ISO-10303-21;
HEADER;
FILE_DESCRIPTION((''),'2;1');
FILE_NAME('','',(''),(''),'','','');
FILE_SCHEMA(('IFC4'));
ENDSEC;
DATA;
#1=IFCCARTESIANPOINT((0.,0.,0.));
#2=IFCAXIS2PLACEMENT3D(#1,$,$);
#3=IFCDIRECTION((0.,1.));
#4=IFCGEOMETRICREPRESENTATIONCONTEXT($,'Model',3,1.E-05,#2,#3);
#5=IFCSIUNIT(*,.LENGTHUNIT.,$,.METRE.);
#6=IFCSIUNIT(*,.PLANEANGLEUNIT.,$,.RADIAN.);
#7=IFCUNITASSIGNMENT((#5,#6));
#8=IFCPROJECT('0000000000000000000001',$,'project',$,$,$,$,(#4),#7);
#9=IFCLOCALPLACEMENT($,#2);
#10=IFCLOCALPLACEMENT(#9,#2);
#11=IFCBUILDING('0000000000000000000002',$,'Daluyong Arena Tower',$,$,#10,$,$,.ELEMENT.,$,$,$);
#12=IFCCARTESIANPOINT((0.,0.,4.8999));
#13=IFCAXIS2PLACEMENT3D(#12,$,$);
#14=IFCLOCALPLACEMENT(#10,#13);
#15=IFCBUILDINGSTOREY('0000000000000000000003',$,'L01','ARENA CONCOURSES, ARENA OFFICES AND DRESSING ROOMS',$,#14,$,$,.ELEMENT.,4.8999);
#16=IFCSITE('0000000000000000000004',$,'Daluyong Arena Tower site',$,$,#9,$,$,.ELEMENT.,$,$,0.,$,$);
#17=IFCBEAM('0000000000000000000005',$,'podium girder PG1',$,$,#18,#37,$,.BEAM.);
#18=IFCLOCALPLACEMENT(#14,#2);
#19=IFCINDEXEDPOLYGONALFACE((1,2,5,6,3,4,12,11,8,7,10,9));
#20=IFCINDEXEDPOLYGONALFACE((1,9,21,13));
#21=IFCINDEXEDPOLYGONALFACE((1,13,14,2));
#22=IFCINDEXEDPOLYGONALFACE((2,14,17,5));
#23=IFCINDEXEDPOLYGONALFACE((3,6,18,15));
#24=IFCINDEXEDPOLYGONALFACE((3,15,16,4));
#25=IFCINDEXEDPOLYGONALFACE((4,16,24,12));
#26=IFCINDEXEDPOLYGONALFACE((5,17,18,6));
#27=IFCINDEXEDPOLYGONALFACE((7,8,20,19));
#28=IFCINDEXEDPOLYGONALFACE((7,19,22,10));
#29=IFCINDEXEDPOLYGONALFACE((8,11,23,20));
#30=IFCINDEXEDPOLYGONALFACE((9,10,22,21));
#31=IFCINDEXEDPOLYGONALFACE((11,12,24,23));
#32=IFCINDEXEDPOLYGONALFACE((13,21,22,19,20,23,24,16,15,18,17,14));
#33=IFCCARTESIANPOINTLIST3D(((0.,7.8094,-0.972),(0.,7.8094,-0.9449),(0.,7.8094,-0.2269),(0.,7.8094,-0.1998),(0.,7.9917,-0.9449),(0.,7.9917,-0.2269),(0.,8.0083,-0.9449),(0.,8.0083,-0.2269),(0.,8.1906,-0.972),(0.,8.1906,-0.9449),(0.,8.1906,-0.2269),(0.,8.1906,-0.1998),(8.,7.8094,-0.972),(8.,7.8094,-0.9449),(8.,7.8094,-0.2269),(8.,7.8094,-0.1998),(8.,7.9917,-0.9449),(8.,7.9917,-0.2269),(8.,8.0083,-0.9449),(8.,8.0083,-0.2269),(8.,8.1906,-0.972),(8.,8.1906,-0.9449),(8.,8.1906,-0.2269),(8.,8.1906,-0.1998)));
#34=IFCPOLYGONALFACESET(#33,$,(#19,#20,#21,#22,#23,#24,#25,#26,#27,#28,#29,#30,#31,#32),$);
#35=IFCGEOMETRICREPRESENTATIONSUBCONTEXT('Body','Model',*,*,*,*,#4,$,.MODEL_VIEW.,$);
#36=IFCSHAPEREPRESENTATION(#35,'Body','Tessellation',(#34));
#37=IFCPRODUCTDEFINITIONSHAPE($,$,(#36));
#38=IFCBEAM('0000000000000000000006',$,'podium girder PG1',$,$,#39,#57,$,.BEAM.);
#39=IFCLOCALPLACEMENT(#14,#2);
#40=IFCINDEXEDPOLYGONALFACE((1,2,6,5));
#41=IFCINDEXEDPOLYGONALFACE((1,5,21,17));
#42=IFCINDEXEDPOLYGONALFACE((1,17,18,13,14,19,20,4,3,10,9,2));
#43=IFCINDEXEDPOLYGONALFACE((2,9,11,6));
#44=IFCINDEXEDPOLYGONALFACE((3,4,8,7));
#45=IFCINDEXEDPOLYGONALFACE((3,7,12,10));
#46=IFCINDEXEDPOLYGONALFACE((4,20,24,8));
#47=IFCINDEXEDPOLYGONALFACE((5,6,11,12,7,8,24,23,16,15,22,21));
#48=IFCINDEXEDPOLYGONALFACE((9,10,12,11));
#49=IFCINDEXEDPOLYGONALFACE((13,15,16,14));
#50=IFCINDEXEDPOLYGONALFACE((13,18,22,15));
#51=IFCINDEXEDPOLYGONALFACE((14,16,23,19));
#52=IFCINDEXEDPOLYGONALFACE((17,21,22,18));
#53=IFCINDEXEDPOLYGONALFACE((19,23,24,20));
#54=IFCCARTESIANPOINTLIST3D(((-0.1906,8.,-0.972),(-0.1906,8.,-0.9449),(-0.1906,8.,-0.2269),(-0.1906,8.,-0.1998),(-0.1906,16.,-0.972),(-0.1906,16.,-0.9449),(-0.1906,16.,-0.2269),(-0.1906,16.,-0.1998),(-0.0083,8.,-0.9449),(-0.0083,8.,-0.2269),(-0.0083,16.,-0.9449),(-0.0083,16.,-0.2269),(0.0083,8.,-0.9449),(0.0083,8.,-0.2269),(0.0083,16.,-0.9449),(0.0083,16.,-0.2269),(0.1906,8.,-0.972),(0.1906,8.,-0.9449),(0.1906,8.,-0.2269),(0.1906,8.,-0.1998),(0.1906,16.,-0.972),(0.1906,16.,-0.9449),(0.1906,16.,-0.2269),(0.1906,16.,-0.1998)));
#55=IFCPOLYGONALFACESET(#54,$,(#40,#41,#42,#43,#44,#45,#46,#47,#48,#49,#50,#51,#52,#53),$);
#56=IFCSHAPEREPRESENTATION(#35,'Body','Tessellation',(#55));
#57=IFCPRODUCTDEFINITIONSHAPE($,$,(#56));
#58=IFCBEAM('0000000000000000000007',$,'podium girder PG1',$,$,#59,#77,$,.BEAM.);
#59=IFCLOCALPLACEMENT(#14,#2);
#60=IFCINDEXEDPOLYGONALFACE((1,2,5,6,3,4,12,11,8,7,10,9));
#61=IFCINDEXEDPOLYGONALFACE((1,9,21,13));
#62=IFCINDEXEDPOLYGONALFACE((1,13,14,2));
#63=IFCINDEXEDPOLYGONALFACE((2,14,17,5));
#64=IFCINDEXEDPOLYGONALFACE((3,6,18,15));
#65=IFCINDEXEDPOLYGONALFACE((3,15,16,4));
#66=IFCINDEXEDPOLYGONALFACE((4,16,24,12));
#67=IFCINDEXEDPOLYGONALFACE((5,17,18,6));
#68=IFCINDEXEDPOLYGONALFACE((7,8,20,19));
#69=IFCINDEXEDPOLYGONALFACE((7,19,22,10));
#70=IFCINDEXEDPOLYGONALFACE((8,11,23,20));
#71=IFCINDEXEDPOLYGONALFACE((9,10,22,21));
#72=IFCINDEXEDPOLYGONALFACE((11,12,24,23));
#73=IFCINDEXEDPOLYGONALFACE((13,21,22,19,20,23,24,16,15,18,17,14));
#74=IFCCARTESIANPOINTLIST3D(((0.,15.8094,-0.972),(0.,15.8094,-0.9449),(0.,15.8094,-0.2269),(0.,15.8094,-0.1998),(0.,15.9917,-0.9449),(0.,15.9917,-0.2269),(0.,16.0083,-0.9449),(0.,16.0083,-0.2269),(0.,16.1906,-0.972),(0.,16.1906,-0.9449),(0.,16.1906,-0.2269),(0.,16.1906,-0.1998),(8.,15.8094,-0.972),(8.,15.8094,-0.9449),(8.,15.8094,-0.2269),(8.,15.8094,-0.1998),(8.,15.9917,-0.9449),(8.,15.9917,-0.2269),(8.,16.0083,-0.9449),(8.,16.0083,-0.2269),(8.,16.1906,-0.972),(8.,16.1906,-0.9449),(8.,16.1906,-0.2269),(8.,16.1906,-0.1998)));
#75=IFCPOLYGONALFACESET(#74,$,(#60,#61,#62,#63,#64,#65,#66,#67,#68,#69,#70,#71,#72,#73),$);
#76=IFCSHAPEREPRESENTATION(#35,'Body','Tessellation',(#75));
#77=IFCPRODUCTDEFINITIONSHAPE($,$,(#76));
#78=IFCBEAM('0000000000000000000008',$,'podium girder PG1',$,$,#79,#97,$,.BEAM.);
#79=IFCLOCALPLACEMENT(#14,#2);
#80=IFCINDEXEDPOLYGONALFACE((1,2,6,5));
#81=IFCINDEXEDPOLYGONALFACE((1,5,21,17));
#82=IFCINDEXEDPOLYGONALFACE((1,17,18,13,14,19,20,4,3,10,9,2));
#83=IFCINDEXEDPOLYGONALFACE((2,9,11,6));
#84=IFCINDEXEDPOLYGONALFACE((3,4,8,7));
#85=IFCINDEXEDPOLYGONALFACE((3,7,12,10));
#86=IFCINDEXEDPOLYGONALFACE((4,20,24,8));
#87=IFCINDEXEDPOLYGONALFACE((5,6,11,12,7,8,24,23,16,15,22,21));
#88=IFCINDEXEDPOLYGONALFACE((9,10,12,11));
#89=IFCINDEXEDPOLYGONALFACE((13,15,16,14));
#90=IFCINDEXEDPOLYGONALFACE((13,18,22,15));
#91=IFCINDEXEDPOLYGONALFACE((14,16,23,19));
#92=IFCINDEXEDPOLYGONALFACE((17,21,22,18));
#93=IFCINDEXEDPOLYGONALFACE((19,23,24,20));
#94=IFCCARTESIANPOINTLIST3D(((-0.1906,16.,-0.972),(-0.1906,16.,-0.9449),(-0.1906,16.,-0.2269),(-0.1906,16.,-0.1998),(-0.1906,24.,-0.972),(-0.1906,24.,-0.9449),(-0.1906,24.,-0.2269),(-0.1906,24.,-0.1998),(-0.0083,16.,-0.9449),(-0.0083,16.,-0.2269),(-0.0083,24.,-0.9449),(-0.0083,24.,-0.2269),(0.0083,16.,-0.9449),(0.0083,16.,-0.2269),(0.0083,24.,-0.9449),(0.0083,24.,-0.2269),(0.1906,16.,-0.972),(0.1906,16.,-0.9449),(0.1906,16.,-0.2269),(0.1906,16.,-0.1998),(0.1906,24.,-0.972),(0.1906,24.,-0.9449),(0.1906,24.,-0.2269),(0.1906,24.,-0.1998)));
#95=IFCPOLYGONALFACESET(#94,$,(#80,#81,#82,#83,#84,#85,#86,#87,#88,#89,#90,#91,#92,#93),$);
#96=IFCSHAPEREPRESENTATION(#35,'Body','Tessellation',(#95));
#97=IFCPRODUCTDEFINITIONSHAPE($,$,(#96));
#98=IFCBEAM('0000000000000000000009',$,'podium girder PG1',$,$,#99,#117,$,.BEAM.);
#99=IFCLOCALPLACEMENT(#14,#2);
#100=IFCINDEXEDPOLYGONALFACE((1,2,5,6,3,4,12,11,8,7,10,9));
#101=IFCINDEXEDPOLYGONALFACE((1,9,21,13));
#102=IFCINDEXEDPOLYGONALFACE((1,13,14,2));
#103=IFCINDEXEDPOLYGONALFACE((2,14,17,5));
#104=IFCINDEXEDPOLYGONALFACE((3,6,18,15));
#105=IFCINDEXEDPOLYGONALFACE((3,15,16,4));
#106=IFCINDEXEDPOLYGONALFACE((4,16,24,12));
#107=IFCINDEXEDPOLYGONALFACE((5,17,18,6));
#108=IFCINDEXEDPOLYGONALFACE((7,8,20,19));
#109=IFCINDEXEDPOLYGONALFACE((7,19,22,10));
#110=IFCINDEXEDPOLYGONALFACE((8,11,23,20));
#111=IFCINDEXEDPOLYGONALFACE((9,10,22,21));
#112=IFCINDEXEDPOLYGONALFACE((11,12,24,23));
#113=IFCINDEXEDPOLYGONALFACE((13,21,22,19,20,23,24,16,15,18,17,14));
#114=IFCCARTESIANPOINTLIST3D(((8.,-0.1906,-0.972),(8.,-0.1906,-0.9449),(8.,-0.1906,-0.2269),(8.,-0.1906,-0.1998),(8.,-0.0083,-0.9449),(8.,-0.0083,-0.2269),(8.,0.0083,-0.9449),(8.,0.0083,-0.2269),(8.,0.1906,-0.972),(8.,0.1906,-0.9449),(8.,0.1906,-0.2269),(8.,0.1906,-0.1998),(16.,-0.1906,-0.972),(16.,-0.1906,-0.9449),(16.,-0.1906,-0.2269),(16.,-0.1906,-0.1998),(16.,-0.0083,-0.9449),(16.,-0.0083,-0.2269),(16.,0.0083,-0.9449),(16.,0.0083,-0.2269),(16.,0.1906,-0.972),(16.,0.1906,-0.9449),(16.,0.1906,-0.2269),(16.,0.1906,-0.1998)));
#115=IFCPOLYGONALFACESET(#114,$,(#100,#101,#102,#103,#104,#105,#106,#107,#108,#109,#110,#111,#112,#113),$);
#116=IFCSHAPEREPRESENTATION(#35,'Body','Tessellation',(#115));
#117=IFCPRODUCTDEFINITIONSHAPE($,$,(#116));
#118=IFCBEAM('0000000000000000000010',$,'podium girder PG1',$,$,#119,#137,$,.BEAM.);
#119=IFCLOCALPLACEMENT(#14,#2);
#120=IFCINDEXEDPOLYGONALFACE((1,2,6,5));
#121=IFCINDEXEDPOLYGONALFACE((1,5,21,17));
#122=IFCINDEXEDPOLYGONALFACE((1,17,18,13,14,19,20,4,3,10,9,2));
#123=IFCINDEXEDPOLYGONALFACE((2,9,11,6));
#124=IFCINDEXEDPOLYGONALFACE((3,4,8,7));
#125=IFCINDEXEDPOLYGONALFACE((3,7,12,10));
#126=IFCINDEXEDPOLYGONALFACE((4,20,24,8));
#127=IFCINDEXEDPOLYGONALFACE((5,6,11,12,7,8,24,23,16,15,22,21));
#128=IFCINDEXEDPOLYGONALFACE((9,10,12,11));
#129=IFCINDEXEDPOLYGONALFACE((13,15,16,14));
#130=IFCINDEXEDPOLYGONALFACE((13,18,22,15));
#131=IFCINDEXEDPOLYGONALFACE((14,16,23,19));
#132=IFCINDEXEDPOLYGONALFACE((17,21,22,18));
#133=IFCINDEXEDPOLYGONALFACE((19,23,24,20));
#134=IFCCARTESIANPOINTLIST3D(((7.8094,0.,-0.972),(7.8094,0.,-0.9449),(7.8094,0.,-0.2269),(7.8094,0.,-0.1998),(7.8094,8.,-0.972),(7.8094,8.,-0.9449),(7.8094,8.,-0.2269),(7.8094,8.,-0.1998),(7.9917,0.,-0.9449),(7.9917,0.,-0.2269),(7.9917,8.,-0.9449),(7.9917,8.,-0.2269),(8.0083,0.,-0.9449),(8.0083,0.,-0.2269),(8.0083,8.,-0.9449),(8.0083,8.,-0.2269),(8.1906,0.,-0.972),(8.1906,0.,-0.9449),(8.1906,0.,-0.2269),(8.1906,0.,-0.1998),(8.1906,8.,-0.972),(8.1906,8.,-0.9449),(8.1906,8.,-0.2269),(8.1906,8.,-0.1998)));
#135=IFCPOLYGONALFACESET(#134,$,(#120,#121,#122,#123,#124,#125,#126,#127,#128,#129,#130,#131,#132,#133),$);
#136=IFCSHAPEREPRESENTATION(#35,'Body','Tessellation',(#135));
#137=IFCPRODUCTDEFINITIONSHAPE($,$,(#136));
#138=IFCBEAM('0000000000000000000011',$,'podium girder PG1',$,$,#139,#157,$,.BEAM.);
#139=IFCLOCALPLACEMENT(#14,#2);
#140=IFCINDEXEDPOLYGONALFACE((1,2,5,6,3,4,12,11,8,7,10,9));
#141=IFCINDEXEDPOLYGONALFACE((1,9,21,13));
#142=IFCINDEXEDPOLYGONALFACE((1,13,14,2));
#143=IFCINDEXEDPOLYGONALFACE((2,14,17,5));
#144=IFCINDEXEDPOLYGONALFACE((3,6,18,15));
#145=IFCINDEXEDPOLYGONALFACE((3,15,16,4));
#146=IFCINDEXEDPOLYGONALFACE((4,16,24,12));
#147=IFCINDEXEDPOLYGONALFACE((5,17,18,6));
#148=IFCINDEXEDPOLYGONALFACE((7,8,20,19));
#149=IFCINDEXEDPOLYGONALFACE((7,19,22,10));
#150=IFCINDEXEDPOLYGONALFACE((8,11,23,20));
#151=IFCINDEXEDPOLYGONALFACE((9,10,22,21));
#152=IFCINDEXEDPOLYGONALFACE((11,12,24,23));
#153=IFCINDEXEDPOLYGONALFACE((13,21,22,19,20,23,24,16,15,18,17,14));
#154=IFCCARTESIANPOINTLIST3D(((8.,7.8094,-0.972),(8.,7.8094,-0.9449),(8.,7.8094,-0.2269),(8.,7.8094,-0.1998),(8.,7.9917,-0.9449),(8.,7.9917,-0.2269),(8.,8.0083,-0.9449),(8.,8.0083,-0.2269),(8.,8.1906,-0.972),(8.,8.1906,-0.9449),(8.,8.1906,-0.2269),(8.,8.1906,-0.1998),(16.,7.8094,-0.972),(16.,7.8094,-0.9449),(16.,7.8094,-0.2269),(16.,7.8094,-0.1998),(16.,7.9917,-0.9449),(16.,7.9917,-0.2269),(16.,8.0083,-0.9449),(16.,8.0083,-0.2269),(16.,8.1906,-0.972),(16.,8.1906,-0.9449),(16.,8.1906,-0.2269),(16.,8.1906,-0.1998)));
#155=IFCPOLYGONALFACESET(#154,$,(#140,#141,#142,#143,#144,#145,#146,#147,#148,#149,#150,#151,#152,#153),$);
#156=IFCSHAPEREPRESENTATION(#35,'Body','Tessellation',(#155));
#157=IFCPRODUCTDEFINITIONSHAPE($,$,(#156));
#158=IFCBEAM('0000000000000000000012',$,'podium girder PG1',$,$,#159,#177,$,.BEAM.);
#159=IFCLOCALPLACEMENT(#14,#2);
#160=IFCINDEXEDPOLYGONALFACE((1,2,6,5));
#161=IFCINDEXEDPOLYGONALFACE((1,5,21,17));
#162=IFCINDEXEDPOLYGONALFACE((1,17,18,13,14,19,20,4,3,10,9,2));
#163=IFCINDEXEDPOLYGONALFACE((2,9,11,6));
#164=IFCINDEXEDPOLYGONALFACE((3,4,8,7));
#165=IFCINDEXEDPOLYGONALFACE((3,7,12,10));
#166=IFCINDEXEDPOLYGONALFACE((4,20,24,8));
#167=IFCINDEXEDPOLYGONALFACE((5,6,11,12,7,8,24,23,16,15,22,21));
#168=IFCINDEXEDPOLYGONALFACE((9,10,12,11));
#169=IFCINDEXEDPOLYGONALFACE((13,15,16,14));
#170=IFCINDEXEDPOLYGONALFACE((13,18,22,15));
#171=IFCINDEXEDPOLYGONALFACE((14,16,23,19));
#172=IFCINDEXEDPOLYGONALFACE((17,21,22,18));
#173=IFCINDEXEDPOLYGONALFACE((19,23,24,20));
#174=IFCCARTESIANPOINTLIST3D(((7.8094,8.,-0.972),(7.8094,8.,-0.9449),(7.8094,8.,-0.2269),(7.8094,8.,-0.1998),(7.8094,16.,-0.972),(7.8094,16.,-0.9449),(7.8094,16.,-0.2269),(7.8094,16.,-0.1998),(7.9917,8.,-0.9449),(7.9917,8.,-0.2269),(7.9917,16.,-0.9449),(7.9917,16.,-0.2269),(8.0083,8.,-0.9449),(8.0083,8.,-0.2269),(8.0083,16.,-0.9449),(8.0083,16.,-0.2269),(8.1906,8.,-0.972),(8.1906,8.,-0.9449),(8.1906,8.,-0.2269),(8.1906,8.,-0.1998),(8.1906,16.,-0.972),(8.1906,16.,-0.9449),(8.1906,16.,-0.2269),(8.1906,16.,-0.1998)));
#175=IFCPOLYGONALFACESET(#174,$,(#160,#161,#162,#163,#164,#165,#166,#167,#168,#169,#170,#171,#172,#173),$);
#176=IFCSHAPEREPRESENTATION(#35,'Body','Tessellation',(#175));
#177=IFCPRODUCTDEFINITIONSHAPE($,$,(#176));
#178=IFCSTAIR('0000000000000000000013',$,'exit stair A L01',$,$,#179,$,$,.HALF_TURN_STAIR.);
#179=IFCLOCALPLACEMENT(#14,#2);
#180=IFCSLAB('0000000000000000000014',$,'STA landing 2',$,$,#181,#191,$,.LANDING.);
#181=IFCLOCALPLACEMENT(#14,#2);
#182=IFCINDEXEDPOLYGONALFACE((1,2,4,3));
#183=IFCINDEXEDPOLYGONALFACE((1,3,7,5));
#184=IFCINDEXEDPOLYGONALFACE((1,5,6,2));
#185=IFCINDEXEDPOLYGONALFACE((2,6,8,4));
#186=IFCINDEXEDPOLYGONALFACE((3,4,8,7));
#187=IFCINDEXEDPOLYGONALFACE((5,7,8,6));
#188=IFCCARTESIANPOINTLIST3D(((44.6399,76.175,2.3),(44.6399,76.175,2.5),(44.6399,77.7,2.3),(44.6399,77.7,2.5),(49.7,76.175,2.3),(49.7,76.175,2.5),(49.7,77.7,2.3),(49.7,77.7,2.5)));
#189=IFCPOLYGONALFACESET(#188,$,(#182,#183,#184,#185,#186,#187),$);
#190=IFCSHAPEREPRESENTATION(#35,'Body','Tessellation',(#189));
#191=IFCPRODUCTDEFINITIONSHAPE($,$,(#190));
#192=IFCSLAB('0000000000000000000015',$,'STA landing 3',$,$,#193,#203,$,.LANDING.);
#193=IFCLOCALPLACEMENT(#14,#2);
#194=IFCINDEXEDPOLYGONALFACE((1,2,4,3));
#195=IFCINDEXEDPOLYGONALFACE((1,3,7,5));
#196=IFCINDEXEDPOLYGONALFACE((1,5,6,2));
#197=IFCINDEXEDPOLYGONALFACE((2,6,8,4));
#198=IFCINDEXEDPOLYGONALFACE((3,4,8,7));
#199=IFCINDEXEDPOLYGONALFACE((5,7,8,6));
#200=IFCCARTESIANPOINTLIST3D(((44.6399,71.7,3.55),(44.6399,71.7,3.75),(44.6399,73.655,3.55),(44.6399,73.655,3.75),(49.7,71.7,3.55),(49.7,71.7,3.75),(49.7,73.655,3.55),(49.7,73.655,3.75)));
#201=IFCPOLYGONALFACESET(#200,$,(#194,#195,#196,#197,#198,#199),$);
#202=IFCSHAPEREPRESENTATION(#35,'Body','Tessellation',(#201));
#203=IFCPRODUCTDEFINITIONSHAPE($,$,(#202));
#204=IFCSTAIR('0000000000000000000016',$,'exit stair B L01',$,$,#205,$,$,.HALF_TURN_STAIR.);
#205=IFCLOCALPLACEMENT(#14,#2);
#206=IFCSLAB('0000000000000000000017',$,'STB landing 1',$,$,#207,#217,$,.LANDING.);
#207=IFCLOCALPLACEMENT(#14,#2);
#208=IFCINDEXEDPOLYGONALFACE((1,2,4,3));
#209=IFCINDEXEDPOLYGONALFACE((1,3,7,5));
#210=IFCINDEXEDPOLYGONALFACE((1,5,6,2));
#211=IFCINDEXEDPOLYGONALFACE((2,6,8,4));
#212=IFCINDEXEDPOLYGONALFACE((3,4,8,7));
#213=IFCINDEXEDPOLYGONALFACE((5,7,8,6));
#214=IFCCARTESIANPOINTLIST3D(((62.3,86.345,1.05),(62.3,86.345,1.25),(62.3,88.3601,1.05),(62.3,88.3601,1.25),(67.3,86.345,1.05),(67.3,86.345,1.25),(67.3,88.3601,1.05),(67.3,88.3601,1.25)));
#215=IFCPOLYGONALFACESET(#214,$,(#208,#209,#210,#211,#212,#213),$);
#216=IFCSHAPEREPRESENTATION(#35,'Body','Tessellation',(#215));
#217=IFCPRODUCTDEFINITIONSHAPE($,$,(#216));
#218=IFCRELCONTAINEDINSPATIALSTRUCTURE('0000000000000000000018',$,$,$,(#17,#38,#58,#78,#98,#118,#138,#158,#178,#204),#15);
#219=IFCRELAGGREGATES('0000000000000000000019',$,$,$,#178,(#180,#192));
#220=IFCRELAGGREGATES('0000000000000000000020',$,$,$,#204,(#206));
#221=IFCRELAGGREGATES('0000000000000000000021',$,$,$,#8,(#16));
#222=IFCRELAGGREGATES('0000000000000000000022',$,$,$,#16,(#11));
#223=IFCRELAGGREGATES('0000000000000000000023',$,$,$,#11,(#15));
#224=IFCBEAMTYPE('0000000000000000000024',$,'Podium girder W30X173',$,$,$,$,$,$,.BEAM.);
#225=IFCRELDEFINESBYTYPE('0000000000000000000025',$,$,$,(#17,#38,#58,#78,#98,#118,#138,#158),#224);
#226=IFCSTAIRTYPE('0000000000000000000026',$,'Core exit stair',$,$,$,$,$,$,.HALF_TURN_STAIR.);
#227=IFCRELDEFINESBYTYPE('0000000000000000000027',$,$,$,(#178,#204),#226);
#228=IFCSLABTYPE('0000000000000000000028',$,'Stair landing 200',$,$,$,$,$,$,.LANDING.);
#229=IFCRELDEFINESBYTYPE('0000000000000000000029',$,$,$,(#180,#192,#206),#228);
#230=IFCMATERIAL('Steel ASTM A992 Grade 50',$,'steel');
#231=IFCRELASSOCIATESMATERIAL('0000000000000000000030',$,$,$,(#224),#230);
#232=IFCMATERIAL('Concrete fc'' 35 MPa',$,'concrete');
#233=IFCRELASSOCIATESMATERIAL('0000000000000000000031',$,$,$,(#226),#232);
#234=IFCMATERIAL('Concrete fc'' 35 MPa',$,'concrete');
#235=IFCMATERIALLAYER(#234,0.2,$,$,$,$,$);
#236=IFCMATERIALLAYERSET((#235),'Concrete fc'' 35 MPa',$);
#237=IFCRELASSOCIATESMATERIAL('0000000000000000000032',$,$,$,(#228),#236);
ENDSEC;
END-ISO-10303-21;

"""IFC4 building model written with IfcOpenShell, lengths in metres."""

from ifc_helpers import new_model, si_unit, direction, frame, origin, origin_2d, place, context, subcontext, project, spatial, polyline, i_section, outline, extrude, material, layer, layer_set, material_profile, profile_set, type_object, element, aggregate, save


model = new_model("IFC4")

# Units and contexts
model_context = context("Model", 3, precision=1e-05, world=origin(), true_north=direction((0.0, 1.0)))
body_context = subcontext(model_context, "Body", "Model", "MODEL_VIEW")
ifc_project = project(units=[si_unit("LENGTHUNIT", "METRE"), si_unit("PLANEANGLEUNIT", "RADIAN")], contexts=[model_context])

# Site, building, storey
site_placement = place(None, origin())
site = spatial("IfcSite", under=ifc_project, at=site_placement, Name="Daluyong Arena Tower site", CompositionType="ELEMENT", RefElevation=0.0)
building_placement = place(site_placement, origin())
building = spatial("IfcBuilding", under=site, at=building_placement, Name="Daluyong Arena Tower", CompositionType="ELEMENT")
storey_placement = place(building_placement, frame((0.0, 0.0, 4.8999)))
storey = spatial("IfcBuildingStorey", under=building, at=storey_placement, Name="L01", Description="ARENA CONCOURSES, ARENA OFFICES AND DRESSING ROOMS", CompositionType="ELEMENT", Elevation=4.8999)

# Beams
ifc_material_1 = material(Name="Steel ASTM A992 Grade 50", Category="steel")
ifc_material_profile_1 = material_profile(ifc_material_1, i_section(OverallWidth=0.3811, OverallDepth=0.7722, WebThickness=0.0166, FlangeThickness=0.0271, at=origin_2d()))
ifc_profile_set_1 = profile_set([ifc_material_profile_1], Name="Steel ASTM A992 Grade 50")
beam_type_1 = type_object("IfcBeamType", Name="Podium girder W30X173", PredefinedType="BEAM", material=ifc_profile_set_1)
for number, where, z_axis, x_axis, name in (
    (1, (0.0, 8.0, -0.5859), (1.0, 0.0, 0.0), (0.0, 1.0, 0.0), "podium girder PG1"),
    (2, (0.0, 8.0, -0.5859), (0.0, 1.0, 0.0), (-1.0, 0.0, 0.0), "podium girder PG1"),
    (3, (0.0, 16.0, -0.5859), (1.0, 0.0, 0.0), (0.0, 1.0, 0.0), "podium girder PG1"),
    (4, (0.0, 16.0, -0.5859), (0.0, 1.0, 0.0), (-1.0, 0.0, 0.0), "podium girder PG1"),
    (5, (8.0, 0.0, -0.5859), (1.0, 0.0, 0.0), (0.0, 1.0, 0.0), "podium girder PG1"),
    (6, (8.0, 0.0, -0.5859), (0.0, 1.0, 0.0), (-1.0, 0.0, 0.0), "podium girder PG1"),
    (7, (8.0, 8.0, -0.5859), (1.0, 0.0, 0.0), (0.0, 1.0, 0.0), "podium girder PG1"),
    (8, (8.0, 8.0, -0.5859), (0.0, 1.0, 0.0), (-1.0, 0.0, 0.0), "podium girder PG1"),
):
    element("IfcBeam", number, at=place(storey_placement, frame(where, z_axis=z_axis, x_axis=x_axis)), inside=storey, type_object=beam_type_1, Name=name, PredefinedType="BEAM", context=body_context, shape_type="SweptSolid", body=[
        extrude(i_section(OverallWidth=0.3811, OverallDepth=0.7722, WebThickness=0.0166, FlangeThickness=0.0271, at=origin_2d()), origin(), (0.0, 0.0, 1.0), 8.0),
    ])

# Stairs, slabs
ifc_material_2 = material(Name="Concrete fc' 35 MPa", Category="concrete")
stair_type_1 = type_object("IfcStairType", Name="Core exit stair", PredefinedType="HALF_TURN_STAIR", material=ifc_material_2)
stair_1_placement = place(storey_placement, origin())
stair_1 = element("IfcStair", 9, at=stair_1_placement, inside=storey, type_object=stair_type_1, Name="exit stair A L01", PredefinedType="HALF_TURN_STAIR")
ifc_material_3 = material(Name="Concrete fc' 35 MPa", Category="concrete")
ifc_layer_1 = layer(ifc_material_3, 0.2)
ifc_layer_set_1 = layer_set([ifc_layer_1], Name="Concrete fc' 35 MPa")
slab_type = type_object("IfcSlabType", Name="Stair landing 200", PredefinedType="LANDING", material=ifc_layer_set_1)
slab_1_placement = place(storey_placement, frame((0.0, 0.0, 2.3)))
slab_1 = element("IfcSlab", 10, at=slab_1_placement, type_object=slab_type, Name="STA landing 2", PredefinedType="LANDING", context=body_context, shape_type="SweptSolid", body=[
    extrude(outline(polyline([(44.6399, 76.175), (49.7, 76.175), (49.7, 77.7), (44.6399, 77.7), (44.6399, 76.175)])), origin(), (0.0, 0.0, 1.0), 0.2),
])
slab_2_placement = place(storey_placement, frame((0.0, 0.0, 3.55)))
slab_2 = element("IfcSlab", 11, at=slab_2_placement, type_object=slab_type, Name="STA landing 3", PredefinedType="LANDING", context=body_context, shape_type="SweptSolid", body=[
    extrude(outline(polyline([(44.6399, 71.7), (49.7, 71.7), (49.7, 73.655), (44.6399, 73.655), (44.6399, 71.7)])), origin(), (0.0, 0.0, 1.0), 0.2),
])
aggregate(stair_1, [slab_1, slab_2])
stair_2_placement = place(storey_placement, origin())
stair_2 = element("IfcStair", 12, at=stair_2_placement, inside=storey, type_object=stair_type_1, Name="exit stair B L01", PredefinedType="HALF_TURN_STAIR")
slab_3_placement = place(storey_placement, frame((0.0, 0.0, 1.05)))
slab_3 = element("IfcSlab", 13, at=slab_3_placement, type_object=slab_type, Name="STB landing 1", PredefinedType="LANDING", context=body_context, shape_type="SweptSolid", body=[
    extrude(outline(polyline([(62.3, 86.345), (67.3, 86.345), (67.3, 88.3601), (62.3, 88.3601), (62.3, 86.345)])), origin(), (0.0, 0.0, 1.0), 0.2),
])
aggregate(stair_2, [slab_3])

save(model, "model.ifc")
